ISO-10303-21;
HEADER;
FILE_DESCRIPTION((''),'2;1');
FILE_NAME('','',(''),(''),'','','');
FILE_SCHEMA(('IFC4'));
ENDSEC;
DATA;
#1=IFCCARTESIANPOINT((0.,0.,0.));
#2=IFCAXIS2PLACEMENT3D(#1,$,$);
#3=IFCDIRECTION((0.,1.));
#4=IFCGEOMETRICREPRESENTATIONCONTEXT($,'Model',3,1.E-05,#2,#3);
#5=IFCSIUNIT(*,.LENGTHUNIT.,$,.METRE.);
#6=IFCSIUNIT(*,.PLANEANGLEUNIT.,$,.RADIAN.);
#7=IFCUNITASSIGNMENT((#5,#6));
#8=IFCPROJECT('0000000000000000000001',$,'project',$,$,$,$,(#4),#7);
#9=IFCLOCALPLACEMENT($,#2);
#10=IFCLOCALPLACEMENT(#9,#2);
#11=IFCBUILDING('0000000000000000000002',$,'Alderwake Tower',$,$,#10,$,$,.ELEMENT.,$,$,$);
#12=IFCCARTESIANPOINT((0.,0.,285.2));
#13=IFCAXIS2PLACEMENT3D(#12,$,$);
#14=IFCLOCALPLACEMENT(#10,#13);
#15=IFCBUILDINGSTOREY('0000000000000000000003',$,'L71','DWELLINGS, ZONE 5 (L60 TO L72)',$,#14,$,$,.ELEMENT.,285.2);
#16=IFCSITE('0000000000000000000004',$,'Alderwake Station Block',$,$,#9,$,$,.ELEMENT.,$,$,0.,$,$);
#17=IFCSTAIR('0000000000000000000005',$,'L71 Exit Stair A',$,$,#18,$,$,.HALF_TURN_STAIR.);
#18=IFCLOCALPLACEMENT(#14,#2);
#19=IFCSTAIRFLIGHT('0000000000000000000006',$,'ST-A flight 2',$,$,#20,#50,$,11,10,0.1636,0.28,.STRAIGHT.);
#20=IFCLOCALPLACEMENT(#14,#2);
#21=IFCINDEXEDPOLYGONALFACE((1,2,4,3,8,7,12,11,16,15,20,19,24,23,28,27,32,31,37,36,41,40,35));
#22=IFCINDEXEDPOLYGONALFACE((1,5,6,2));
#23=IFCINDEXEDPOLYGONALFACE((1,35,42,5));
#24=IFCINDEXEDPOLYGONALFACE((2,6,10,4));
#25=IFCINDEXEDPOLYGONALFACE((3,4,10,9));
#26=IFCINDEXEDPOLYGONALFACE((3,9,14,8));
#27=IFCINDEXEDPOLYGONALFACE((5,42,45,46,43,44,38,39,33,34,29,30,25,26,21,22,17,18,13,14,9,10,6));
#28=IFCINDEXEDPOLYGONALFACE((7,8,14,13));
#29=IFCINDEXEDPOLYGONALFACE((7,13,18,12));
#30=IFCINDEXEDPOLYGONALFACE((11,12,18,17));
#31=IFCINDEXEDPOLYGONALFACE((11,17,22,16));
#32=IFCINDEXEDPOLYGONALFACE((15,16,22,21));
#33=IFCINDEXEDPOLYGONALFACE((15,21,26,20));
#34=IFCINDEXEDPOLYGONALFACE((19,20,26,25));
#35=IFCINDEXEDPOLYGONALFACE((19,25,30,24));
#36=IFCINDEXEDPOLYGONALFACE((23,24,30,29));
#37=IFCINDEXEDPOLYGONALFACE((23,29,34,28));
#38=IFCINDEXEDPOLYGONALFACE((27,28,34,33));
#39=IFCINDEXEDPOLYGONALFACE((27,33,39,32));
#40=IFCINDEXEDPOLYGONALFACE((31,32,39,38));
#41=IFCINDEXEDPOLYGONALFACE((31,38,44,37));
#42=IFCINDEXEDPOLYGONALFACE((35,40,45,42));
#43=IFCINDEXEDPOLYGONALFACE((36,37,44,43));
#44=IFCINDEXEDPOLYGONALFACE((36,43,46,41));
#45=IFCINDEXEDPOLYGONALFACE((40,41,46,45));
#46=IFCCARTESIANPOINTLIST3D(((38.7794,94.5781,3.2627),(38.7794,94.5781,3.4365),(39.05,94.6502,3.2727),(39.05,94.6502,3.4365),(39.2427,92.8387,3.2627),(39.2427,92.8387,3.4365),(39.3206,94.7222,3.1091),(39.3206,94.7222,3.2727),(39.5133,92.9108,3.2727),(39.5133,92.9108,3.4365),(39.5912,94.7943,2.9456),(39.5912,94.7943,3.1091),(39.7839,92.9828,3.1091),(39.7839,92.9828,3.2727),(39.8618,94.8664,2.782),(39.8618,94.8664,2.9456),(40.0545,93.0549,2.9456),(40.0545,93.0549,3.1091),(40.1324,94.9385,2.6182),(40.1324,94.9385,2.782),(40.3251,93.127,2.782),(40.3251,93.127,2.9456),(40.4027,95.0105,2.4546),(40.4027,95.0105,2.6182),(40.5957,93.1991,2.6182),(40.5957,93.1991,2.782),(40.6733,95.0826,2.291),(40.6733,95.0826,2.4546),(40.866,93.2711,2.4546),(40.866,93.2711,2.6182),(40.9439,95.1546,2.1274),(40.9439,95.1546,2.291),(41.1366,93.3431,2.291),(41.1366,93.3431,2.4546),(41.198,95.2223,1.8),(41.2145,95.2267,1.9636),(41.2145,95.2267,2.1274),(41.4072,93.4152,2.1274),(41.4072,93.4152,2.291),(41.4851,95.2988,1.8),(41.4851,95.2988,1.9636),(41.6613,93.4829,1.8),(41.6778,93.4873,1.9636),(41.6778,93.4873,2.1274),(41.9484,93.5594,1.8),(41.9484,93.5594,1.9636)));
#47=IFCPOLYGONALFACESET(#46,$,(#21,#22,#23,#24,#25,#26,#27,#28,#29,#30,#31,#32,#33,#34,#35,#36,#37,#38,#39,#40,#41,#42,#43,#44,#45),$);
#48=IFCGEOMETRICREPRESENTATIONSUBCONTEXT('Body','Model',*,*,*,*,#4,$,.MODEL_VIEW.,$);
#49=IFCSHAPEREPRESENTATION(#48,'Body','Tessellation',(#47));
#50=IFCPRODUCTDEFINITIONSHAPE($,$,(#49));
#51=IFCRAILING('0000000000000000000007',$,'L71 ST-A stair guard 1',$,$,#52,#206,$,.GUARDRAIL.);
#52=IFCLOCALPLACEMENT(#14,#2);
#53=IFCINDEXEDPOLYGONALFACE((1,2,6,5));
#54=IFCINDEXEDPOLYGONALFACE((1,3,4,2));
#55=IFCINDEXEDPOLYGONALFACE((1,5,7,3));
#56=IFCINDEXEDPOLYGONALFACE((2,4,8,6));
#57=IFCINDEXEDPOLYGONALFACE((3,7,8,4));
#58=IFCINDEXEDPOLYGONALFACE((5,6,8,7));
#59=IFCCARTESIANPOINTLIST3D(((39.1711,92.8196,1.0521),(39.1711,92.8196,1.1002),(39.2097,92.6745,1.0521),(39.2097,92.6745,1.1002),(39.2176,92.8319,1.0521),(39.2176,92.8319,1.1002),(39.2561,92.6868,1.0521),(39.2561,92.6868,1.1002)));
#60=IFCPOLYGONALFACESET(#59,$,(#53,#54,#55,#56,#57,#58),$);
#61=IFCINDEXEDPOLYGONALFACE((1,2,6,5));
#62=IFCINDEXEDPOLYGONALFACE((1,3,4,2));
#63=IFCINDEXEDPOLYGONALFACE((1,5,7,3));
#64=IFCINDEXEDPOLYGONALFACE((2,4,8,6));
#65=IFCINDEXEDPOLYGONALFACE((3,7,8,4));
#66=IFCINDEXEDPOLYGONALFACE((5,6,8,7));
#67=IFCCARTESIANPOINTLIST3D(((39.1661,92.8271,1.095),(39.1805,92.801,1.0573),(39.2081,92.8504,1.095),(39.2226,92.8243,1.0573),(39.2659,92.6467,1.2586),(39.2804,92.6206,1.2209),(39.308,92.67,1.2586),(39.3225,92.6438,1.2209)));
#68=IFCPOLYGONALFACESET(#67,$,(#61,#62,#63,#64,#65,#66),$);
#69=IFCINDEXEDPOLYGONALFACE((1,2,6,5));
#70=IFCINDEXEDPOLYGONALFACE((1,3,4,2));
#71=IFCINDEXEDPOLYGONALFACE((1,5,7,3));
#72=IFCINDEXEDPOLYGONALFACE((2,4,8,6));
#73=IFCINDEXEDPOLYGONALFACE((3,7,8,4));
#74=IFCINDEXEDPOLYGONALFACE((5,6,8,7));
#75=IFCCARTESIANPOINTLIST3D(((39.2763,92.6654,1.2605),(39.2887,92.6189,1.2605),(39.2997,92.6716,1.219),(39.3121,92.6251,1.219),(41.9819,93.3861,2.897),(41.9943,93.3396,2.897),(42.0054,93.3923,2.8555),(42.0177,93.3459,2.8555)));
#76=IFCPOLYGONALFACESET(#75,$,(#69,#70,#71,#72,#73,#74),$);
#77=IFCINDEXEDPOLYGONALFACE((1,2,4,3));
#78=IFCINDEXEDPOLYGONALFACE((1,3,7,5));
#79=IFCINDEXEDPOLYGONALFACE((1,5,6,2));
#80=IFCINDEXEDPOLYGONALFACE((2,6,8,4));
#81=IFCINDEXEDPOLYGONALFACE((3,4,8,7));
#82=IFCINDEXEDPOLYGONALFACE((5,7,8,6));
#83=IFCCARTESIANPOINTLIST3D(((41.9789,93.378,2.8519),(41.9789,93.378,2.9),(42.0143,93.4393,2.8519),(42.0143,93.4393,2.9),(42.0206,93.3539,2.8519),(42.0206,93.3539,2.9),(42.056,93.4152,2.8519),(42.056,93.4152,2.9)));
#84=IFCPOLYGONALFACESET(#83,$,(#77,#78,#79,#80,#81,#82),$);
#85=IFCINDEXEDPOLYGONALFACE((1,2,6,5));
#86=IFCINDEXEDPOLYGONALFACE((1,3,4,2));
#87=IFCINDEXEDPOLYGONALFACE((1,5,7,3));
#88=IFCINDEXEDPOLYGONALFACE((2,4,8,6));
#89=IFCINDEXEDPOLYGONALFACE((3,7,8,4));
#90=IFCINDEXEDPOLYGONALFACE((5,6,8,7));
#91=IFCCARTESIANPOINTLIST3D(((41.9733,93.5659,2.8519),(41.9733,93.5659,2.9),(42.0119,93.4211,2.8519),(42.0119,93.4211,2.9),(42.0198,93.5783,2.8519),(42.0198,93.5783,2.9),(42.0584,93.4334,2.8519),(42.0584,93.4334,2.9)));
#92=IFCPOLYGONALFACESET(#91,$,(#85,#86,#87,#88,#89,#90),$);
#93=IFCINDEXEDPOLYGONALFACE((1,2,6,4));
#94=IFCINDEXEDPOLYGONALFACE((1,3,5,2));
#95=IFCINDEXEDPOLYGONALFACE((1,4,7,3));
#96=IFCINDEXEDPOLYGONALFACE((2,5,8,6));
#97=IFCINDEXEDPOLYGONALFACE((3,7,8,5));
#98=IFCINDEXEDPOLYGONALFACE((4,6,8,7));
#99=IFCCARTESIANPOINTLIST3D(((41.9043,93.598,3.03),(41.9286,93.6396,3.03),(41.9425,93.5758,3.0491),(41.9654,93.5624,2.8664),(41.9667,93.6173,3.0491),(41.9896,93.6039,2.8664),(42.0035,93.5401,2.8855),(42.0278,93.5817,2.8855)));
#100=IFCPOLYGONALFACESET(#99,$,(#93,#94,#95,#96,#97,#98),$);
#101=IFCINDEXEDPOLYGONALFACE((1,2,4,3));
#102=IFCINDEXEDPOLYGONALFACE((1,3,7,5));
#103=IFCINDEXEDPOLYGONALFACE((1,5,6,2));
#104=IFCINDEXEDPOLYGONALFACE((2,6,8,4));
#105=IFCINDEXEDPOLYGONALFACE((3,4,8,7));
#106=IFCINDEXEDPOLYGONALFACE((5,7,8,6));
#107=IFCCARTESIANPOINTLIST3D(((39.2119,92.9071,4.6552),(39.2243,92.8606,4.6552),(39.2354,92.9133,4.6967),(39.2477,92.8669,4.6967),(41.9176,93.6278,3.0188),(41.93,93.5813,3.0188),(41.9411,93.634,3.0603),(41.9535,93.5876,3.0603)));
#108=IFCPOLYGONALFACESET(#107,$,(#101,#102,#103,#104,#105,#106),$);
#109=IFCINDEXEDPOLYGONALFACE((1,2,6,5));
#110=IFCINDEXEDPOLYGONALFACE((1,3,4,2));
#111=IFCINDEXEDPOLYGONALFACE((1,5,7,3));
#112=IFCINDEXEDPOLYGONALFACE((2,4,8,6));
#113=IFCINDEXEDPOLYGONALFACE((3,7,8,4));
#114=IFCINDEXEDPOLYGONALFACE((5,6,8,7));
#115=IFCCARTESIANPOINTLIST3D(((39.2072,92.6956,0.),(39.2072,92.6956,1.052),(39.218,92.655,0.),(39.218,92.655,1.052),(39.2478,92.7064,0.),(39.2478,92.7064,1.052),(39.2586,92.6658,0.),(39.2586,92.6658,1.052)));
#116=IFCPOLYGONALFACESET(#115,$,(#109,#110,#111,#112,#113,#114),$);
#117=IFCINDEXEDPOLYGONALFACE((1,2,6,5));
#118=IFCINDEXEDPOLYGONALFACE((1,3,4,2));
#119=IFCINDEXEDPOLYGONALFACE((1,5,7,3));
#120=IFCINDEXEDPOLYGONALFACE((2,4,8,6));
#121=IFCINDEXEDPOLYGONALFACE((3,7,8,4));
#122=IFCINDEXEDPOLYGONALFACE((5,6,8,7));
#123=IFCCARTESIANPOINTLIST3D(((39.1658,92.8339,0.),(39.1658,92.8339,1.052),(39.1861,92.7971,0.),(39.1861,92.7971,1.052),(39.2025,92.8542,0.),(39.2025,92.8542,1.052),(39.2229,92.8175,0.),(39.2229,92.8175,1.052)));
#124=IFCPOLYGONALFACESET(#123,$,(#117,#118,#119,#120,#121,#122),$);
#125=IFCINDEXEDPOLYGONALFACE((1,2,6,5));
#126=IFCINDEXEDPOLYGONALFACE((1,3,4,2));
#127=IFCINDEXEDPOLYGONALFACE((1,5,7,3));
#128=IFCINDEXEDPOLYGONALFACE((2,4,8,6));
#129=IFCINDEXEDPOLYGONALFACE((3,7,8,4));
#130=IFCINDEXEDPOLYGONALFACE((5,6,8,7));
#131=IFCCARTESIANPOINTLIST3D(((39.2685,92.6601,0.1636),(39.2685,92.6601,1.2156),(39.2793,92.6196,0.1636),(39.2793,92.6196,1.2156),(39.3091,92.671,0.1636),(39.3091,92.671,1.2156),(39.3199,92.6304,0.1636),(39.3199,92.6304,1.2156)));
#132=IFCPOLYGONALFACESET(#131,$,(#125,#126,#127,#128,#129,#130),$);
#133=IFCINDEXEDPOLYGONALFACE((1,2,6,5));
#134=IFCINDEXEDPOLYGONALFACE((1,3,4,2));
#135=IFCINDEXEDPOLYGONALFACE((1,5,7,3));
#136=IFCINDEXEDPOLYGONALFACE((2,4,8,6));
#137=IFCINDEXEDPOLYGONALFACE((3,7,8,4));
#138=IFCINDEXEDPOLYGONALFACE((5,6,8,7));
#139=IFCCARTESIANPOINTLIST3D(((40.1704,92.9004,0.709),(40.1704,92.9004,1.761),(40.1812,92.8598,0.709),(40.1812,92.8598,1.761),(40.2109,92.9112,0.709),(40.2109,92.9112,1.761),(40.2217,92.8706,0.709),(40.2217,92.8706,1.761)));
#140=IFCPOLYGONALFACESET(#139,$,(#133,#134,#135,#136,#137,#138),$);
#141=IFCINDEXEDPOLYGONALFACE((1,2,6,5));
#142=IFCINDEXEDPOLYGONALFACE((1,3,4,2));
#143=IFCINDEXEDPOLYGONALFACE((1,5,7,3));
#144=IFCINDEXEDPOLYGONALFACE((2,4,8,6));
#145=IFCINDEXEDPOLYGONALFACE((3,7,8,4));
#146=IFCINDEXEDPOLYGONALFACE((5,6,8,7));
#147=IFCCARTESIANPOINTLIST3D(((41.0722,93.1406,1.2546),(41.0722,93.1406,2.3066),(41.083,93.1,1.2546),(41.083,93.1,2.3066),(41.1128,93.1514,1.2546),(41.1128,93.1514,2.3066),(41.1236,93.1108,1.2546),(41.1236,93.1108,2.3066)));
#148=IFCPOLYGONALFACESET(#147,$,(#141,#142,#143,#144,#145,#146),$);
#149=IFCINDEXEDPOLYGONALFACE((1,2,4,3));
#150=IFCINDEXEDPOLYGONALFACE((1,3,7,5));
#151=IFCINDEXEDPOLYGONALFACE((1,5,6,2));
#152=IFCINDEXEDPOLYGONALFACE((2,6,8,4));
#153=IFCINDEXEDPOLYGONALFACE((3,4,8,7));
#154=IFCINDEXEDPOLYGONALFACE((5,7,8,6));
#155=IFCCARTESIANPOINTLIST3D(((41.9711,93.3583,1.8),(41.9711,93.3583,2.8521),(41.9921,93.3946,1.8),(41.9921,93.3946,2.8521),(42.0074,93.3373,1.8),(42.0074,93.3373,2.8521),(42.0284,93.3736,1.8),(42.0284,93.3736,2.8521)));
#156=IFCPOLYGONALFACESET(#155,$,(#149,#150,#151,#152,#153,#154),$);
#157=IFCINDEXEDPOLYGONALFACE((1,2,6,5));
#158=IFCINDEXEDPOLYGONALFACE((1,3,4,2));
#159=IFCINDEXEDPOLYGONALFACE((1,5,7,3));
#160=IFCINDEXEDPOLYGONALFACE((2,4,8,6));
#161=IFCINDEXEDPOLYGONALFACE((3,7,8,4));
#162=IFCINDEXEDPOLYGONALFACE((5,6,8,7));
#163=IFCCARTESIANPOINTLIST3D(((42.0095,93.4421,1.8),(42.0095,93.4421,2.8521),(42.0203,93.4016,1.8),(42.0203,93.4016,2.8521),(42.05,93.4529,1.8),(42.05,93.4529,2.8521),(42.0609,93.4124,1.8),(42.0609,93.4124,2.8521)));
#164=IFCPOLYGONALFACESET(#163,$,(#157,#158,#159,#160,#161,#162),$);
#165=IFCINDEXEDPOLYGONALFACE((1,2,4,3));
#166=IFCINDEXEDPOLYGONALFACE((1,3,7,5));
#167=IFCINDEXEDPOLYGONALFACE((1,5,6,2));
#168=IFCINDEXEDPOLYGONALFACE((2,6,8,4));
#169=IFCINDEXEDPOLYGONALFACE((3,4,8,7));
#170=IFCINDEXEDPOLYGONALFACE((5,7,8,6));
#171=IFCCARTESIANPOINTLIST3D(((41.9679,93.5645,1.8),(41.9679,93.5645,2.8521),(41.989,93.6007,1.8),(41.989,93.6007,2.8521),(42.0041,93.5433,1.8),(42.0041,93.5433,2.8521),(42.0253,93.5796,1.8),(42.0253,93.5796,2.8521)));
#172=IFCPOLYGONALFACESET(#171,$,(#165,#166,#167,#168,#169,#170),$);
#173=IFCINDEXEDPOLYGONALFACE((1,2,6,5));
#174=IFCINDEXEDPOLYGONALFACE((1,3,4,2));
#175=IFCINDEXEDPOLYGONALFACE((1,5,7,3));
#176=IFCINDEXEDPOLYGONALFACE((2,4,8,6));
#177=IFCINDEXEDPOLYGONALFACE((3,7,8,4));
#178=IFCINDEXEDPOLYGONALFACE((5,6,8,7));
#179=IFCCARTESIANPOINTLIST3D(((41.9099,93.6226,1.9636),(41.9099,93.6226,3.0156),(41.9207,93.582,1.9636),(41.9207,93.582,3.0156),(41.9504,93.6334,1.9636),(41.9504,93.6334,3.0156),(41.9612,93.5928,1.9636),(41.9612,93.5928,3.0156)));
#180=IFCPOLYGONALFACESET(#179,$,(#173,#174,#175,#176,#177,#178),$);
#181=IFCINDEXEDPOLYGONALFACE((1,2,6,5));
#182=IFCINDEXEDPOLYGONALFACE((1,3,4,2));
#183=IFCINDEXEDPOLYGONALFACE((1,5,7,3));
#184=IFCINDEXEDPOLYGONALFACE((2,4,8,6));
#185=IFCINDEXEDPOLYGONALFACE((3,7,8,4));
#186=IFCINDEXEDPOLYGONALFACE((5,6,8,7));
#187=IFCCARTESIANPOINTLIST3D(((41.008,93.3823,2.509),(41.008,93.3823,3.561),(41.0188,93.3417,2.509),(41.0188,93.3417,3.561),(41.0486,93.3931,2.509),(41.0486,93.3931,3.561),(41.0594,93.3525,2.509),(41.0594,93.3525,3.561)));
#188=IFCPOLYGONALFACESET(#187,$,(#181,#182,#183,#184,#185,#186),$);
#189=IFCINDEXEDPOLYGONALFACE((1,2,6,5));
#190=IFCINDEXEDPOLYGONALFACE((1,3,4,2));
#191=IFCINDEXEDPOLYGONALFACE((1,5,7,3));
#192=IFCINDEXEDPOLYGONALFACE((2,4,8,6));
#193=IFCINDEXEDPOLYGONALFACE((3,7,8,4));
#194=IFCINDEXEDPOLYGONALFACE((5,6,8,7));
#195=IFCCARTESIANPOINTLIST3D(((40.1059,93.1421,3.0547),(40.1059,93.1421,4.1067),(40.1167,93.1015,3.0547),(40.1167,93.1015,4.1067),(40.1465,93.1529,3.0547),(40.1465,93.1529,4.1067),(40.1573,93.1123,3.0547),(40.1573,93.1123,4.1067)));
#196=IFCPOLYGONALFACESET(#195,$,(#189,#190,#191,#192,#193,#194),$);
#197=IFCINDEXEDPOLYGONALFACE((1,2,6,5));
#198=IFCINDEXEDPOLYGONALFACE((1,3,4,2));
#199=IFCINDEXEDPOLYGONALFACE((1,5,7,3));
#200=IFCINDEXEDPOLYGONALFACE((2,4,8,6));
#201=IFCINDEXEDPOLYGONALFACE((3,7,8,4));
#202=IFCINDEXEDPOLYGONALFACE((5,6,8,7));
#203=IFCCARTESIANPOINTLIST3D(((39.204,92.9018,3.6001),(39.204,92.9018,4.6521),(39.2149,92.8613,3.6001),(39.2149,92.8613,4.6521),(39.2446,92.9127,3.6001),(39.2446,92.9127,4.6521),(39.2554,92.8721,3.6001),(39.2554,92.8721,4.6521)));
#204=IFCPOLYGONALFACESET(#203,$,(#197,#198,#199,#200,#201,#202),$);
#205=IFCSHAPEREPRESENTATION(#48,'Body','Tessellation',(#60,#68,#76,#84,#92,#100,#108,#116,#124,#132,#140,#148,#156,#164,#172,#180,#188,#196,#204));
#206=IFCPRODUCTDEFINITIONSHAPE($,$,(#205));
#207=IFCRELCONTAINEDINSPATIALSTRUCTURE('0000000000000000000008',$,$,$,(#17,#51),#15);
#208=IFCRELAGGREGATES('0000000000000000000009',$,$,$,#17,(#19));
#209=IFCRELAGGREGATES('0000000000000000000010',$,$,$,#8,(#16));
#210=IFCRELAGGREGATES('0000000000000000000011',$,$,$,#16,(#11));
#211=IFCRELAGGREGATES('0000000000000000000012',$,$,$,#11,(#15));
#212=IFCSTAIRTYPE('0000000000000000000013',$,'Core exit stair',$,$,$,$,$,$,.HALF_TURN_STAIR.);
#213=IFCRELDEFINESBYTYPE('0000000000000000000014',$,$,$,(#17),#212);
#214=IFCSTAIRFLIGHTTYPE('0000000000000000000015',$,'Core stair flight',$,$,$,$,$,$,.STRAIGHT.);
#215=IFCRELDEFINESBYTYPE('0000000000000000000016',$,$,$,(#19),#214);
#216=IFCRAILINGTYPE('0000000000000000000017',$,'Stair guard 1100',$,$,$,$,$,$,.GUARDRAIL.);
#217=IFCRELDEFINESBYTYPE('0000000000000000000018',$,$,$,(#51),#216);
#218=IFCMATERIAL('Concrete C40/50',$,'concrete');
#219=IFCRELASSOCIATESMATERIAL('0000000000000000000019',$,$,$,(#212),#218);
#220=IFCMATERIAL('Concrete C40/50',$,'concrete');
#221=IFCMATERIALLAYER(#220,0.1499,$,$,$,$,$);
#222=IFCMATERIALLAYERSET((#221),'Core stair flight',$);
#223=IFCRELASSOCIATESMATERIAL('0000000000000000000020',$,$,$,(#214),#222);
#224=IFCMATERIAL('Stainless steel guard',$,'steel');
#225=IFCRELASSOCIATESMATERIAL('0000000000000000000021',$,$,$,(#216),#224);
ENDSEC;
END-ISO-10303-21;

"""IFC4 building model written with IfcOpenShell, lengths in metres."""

from ifc_helpers import new_model, si_unit, direction, frame, origin, origin_2d, place, context, subcontext, project, spatial, polyline, rectangle, outline, extrude, material, layer, layer_set, type_object, element, aggregate, save


model = new_model("IFC4")

# Units and contexts
model_context = context("Model", 3, precision=1e-05, world=origin(), true_north=direction((0.0, 1.0)))
body_context = subcontext(model_context, "Body", "Model", "MODEL_VIEW")
ifc_project = project(units=[si_unit("LENGTHUNIT", "METRE"), si_unit("PLANEANGLEUNIT", "RADIAN")], contexts=[model_context])

# Site, building, storey
site_placement = place(None, origin())
site = spatial("IfcSite", under=ifc_project, at=site_placement, Name="Alderwake Station Block", CompositionType="ELEMENT", RefElevation=0.0)
building_placement = place(site_placement, origin())
building = spatial("IfcBuilding", under=site, at=building_placement, Name="Alderwake Tower", CompositionType="ELEMENT")
storey_placement = place(building_placement, frame((0.0, 0.0, 285.2)))
storey = spatial("IfcBuildingStorey", under=building, at=storey_placement, Name="L71", Description="DWELLINGS, ZONE 5 (L60 TO L72)", CompositionType="ELEMENT", Elevation=285.2)

# Stair, stair flight
ifc_material_1 = material(Name="Concrete C40/50", Category="concrete")
stair_type = type_object("IfcStairType", Name="Core exit stair", PredefinedType="HALF_TURN_STAIR", material=ifc_material_1)
stair_placement = place(storey_placement, origin())
stair = element("IfcStair", 1, at=stair_placement, inside=storey, type_object=stair_type, Name="L71 Exit Stair A", PredefinedType="HALF_TURN_STAIR")
ifc_material_2 = material(Name="Concrete C40/50", Category="concrete")
ifc_layer_1 = layer(ifc_material_2, 0.1499)
ifc_layer_set_1 = layer_set([ifc_layer_1], Name="Core stair flight")
stair_flight_type = type_object("IfcStairFlightType", Name="Core stair flight", PredefinedType="STRAIGHT", material=ifc_layer_set_1)
stair_flight_1_placement = place(storey_placement, frame((41.7168, 94.429, 1.8), z_axis=(0.0, 0.0, 1.0), x_axis=(-0.96631, -0.257382, 0.0)))
stair_flight_1 = element("IfcStairFlight", 2, at=stair_flight_1_placement, type_object=stair_flight_type, Name="ST-A flight 2", NumberOfRisers=11, NumberOfTreads=10, PredefinedType="STRAIGHT", RiserHeight=0.1636, TreadLength=0.28, context=body_context, shape_type="SweptSolid", body=[
    extrude(outline(polyline([(0.0, 0.0), (0.0, 0.1636), (0.28, 0.1636), (0.28, 0.3274), (0.5601, 0.3274), (0.5601, 0.491), (0.8401, 0.491), (0.8401, 0.6545), (1.1201, 0.6545), (1.1201, 0.8181), (1.3999, 0.8181), (1.3999, 0.9819), (1.6799, 0.9819), (1.6799, 1.1455), (1.96, 1.1455), (1.96, 1.3091), (2.24, 1.3091), (2.24, 1.4727), (2.52, 1.4727), (2.52, 1.6365), (2.8, 1.6365), (2.8, 1.8), (2.8, 1.4626), (0.2971, 0.0), (0.0, 0.0)])), frame((0.0, 0.8999, 0.0), z_axis=(0.0, -1.0, 0.0), x_axis=(1.0, 0.0, 0.0)), (0.0, 0.0, 1.0), 1.8),
])
aggregate(stair, [stair_flight_1])

# Railing
ifc_material_3 = material(Name="Stainless steel guard", Category="steel")
railing_type_1 = type_object("IfcRailingType", Name="Stair guard 1100", PredefinedType="GUARDRAIL", material=ifc_material_3)
railing_1_placement = place(storey_placement, frame((39.2329, 92.6807, 0.0)))
element("IfcRailing", 3, at=railing_1_placement, inside=storey, type_object=railing_type_1, Name="L71 ST-A stair guard 1", PredefinedType="GUARDRAIL", context=body_context, shape_type="SweptSolid", body=[
    extrude(rectangle(XDim=0.0481, YDim=0.0481, at=origin_2d()), frame((0.0, 0.0, 1.0762), z_axis=(-0.257055, 0.966397, 0.0), x_axis=(-0.966397, -0.257055, 0.0)), (0.0, 0.0, 1.0), 0.1501),
    extrude(rectangle(XDim=0.0481, YDim=0.0481, at=origin_2d()), frame((-0.0386, 0.145, 1.0762), z_axis=(0.379371, -0.685464, 0.621463), x_axis=(0.874938, 0.484235, 0.0)), (0.0, 0.0, 1.0), 0.2632),
    extrude(rectangle(XDim=0.0481, YDim=0.0481, at=origin_2d()), frame((0.0613, -0.0354, 1.2397), z_axis=(0.834259, 0.222228, 0.504605), x_axis=(-0.257402, 0.966304, 0.0)), (0.0, 0.0, 1.0), 3.2432),
    extrude(rectangle(XDim=0.0481, YDim=0.0481, at=origin_2d()), frame((2.7668, 0.6853, 2.876), z_axis=(0.50022, 0.865898, 0.0), x_axis=(-0.865898, 0.50022, 0.0)), (0.0, 0.0, 1.0), 0.0708),
    extrude(rectangle(XDim=0.0481, YDim=0.0481, at=origin_2d()), frame((2.8022, 0.7466, 2.876), z_axis=(-0.25746, 0.966289, 0.0), x_axis=(-0.966289, -0.25746, 0.0)), (0.0, 0.0, 1.0), 0.1499),
    extrude(rectangle(XDim=0.0481, YDim=0.0481, at=origin_2d()), frame((2.7637, 0.8914, 2.876), z_axis=(-0.342525, 0.200035, 0.917967), x_axis=(-0.5043, -0.863528, 0.0)), (0.0, 0.0, 1.0), 0.1782),
    extrude(rectangle(XDim=0.0481, YDim=0.0481, at=origin_2d()), frame((2.7026, 0.927, 3.0396), z_axis=(-0.834282, -0.222214, 0.504574), x_axis=(0.25738, -0.96631, 0.0)), (0.0, 0.0, 1.0), 3.2432),
    extrude(rectangle(XDim=0.042, YDim=0.042, at=origin_2d()), frame((0.0, 0.0, 0.0), z_axis=(0.0, 0.0, 1.0), x_axis=(-0.257055, 0.966397, 0.0)), (0.0, 0.0, 1.0), 1.052),
    extrude(rectangle(XDim=0.042, YDim=0.042, at=origin_2d()), frame((-0.0386, 0.145, 0.0), z_axis=(0.0, 0.0, 1.0), x_axis=(0.484235, -0.874938, 0.0)), (0.0, 0.0, 1.0), 1.052),
    extrude(rectangle(XDim=0.042, YDim=0.042, at=origin_2d()), frame((0.0613, -0.0354, 0.1636), z_axis=(0.0, 0.0, 1.0), x_axis=(0.966304, 0.257402, 0.0)), (0.0, 0.0, 1.0), 1.052),
    extrude(rectangle(XDim=0.042, YDim=0.042, at=origin_2d()), frame((0.9631, 0.2048, 0.709), z_axis=(0.0, 0.0, 1.0), x_axis=(0.966304, 0.257402, 0.0)), (0.0, 0.0, 1.0), 1.052),
    extrude(rectangle(XDim=0.042, YDim=0.042, at=origin_2d()), frame((1.865, 0.4451, 1.2546), z_axis=(0.0, 0.0, 1.0), x_axis=(0.966304, 0.257402, 0.0)), (0.0, 0.0, 1.0), 1.052),
    extrude(rectangle(XDim=0.042, YDim=0.042, at=origin_2d()), frame((2.7668, 0.6853, 1.8), z_axis=(0.0, 0.0, 1.0), x_axis=(0.50022, 0.865898, 0.0)), (0.0, 0.0, 1.0), 1.052),
    extrude(rectangle(XDim=0.042, YDim=0.042, at=origin_2d()), frame((2.8022, 0.7466, 1.8), z_axis=(0.0, 0.0, 1.0), x_axis=(-0.25746, 0.966289, 0.0)), (0.0, 0.0, 1.0), 1.052),
    extrude(rectangle(XDim=0.042, YDim=0.042, at=origin_2d()), frame((2.7637, 0.8914, 1.8), z_axis=(0.0, 0.0, 1.0), x_axis=(-0.863528, 0.5043, 0.0)), (0.0, 0.0, 1.0), 1.052),
    extrude(rectangle(XDim=0.042, YDim=0.042, at=origin_2d()), frame((2.7026, 0.927, 1.9636), z_axis=(0.0, 0.0, 1.0), x_axis=(-0.96631, -0.25738, 0.0)), (0.0, 0.0, 1.0), 1.052),
    extrude(rectangle(XDim=0.042, YDim=0.042, at=origin_2d()), frame((1.8008, 0.6868, 2.509), z_axis=(0.0, 0.0, 1.0), x_axis=(-0.96631, -0.25738, 0.0)), (0.0, 0.0, 1.0), 1.052),
    extrude(rectangle(XDim=0.042, YDim=0.042, at=origin_2d()), frame((0.8987, 0.4465, 3.0547), z_axis=(0.0, 0.0, 1.0), x_axis=(-0.96631, -0.25738, 0.0)), (0.0, 0.0, 1.0), 1.052),
    extrude(rectangle(XDim=0.042, YDim=0.042, at=origin_2d()), frame((-0.0032, 0.2063, 3.6001), z_axis=(0.0, 0.0, 1.0), x_axis=(-0.96631, -0.25738, 0.0)), (0.0, 0.0, 1.0), 1.052),
])

save(model, "model.ifc")
